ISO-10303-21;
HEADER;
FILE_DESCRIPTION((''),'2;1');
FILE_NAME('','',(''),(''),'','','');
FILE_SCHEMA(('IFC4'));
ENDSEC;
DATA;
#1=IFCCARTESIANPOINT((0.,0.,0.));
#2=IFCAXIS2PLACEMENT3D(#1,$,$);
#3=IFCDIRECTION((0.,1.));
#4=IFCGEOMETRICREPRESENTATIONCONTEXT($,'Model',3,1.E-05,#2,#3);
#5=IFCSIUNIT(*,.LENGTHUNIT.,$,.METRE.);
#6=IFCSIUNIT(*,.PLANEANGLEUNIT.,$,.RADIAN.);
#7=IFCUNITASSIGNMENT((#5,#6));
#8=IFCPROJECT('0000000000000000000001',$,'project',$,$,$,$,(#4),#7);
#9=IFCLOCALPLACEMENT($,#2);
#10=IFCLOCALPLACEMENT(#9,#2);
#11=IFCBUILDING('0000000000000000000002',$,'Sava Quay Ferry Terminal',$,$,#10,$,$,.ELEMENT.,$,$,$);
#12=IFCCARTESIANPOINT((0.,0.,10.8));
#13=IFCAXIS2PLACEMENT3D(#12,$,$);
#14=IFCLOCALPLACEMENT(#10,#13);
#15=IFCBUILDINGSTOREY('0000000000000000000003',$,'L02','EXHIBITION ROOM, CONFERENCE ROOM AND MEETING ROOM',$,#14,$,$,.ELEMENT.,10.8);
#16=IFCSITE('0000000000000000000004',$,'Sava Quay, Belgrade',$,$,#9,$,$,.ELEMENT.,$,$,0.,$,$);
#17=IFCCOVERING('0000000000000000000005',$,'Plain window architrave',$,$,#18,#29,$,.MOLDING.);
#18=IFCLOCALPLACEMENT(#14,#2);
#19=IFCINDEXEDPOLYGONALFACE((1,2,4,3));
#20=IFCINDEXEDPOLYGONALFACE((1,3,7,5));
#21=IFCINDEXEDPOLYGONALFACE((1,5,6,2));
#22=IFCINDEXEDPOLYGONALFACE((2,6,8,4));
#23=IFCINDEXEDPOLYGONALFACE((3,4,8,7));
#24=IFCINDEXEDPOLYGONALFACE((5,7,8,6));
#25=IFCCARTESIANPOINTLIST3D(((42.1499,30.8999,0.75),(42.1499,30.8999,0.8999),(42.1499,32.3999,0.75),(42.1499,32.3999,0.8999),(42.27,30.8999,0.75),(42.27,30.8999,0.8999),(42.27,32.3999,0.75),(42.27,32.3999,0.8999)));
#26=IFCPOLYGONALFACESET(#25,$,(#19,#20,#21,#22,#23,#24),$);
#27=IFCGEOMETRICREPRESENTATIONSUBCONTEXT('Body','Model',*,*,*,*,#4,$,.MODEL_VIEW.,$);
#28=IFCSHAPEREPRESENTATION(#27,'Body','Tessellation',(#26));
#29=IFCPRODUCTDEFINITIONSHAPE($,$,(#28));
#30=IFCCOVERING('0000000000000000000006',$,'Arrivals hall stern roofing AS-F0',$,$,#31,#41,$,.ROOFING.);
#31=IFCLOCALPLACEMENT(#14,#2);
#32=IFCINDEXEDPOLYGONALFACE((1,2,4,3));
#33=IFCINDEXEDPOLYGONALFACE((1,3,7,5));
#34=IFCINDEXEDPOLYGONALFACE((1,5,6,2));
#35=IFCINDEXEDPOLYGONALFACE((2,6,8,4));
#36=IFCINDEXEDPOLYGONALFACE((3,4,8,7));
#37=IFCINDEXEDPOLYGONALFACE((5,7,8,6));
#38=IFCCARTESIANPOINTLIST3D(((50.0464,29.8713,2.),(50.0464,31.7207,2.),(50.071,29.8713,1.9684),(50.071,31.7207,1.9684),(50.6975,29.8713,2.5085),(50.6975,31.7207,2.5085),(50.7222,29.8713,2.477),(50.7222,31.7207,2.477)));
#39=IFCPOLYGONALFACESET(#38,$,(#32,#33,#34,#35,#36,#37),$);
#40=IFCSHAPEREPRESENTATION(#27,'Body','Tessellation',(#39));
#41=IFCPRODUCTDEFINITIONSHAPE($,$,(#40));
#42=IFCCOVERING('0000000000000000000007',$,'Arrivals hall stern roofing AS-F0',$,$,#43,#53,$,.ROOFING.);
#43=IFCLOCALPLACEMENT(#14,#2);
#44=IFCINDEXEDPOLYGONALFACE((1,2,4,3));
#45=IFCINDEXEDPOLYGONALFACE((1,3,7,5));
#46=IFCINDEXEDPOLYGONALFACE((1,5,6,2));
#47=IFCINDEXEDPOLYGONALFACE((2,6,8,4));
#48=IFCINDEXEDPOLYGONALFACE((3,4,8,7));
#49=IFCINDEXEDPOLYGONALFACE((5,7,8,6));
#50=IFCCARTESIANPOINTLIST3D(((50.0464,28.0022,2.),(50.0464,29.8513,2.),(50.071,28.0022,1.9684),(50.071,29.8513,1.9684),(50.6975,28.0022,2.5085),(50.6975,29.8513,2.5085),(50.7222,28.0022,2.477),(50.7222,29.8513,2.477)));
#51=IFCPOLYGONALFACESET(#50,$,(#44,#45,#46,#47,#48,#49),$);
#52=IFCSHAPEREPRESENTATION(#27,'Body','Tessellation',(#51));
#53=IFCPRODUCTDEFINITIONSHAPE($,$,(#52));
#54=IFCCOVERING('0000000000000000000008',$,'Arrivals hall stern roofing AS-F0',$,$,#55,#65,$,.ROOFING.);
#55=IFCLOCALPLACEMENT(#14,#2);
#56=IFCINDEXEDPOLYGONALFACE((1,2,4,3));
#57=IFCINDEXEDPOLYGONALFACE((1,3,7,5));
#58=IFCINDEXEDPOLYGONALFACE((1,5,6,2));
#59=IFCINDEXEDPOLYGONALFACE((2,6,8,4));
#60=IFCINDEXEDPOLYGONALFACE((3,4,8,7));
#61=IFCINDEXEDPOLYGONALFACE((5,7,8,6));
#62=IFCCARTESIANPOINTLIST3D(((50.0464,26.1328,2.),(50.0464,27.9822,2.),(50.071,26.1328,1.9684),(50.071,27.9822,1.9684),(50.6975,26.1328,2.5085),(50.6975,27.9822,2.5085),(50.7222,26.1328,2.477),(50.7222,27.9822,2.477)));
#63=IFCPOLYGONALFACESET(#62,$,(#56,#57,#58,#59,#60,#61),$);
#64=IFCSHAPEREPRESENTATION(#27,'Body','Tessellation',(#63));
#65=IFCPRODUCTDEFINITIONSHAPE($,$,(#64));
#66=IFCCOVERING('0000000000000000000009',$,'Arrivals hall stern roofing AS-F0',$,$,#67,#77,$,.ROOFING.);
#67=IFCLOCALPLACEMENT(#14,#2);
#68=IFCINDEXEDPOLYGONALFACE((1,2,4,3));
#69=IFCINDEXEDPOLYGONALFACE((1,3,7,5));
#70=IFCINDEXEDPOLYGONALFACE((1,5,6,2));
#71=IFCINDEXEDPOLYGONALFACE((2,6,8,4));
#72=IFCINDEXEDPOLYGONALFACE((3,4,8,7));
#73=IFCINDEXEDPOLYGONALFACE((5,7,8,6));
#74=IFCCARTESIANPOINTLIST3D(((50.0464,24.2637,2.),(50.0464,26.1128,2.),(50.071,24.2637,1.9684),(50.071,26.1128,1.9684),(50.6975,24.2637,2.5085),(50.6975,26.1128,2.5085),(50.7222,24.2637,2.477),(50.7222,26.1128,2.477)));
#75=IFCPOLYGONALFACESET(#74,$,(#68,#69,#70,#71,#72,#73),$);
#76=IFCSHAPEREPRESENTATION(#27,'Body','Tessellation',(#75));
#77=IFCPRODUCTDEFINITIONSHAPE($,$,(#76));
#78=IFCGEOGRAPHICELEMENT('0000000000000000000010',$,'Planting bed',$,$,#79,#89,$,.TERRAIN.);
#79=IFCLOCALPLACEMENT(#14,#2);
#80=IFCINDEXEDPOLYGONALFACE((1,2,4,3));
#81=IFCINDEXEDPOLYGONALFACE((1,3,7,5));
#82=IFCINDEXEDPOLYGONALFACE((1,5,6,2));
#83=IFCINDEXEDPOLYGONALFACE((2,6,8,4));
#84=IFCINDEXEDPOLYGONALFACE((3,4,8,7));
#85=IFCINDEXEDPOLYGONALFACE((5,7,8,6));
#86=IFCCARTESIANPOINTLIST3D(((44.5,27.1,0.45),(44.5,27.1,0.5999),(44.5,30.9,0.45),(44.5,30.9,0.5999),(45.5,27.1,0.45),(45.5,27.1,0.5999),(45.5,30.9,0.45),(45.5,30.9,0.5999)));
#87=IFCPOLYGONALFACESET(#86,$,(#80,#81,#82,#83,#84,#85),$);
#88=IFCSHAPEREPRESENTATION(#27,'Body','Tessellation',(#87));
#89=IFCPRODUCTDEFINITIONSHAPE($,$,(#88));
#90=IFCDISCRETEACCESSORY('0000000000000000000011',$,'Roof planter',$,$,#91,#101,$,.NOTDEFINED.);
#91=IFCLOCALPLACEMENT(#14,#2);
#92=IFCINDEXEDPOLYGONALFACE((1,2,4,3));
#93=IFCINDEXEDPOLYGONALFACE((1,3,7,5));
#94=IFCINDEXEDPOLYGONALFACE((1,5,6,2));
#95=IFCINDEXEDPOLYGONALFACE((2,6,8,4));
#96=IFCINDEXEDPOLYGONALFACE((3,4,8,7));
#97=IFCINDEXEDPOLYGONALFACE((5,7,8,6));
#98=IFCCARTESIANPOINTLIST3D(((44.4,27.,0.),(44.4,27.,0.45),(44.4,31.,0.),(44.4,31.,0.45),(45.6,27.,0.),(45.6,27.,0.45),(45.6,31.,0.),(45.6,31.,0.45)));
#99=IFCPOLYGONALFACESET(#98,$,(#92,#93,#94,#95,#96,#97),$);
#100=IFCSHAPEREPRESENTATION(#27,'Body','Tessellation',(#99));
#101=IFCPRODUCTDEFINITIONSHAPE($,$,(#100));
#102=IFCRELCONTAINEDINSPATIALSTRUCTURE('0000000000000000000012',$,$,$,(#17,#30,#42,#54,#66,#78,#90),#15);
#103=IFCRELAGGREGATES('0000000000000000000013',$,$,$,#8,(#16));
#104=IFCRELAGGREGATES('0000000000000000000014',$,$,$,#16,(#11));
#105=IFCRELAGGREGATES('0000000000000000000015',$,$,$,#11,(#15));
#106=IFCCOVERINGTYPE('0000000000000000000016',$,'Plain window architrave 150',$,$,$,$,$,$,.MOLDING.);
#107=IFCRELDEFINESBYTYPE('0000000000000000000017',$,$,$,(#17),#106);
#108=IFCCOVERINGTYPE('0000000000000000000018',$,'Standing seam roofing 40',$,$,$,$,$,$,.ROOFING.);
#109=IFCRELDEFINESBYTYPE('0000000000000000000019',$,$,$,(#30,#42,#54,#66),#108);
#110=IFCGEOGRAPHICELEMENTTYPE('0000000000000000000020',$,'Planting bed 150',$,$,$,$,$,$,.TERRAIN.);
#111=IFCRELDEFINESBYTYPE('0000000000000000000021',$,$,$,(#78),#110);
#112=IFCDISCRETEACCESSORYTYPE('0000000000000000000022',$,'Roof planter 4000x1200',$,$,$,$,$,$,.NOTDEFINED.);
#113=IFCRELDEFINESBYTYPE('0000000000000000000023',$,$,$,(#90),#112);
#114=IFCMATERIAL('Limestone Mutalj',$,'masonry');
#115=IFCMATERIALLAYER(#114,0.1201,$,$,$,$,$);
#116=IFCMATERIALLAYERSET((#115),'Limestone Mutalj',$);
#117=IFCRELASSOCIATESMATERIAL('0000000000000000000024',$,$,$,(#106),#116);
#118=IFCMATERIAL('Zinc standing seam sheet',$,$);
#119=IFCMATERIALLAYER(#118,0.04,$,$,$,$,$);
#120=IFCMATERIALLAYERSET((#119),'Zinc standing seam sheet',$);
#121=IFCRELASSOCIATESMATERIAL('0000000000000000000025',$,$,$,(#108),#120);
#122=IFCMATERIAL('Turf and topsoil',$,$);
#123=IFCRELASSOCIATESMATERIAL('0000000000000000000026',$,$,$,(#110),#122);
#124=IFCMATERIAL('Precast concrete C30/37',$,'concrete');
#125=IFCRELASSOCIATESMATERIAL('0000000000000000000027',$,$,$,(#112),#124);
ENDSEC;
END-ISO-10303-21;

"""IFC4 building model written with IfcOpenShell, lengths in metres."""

from ifc_helpers import new_model, si_unit, direction, frame, origin, origin_2d, place, context, subcontext, project, spatial, polyline, rectangle, outline, extrude, material, layer, layer_set, type_object, element, save


model = new_model("IFC4")

# Units and contexts
model_context = context("Model", 3, precision=1e-05, world=origin(), true_north=direction((0.0, 1.0)))
body_context = subcontext(model_context, "Body", "Model", "MODEL_VIEW")
ifc_project = project(units=[si_unit("LENGTHUNIT", "METRE"), si_unit("PLANEANGLEUNIT", "RADIAN")], contexts=[model_context])

# Site, building, storey
site_placement = place(None, origin())
site = spatial("IfcSite", under=ifc_project, at=site_placement, Name="Sava Quay, Belgrade", CompositionType="ELEMENT", RefElevation=0.0)
building_placement = place(site_placement, origin())
building = spatial("IfcBuilding", under=site, at=building_placement, Name="Sava Quay Ferry Terminal", CompositionType="ELEMENT")
storey_placement = place(building_placement, frame((0.0, 0.0, 10.8)))
storey = spatial("IfcBuildingStorey", under=building, at=storey_placement, Name="L02", Description="EXHIBITION ROOM, CONFERENCE ROOM AND MEETING ROOM", CompositionType="ELEMENT", Elevation=10.8)

# Coverings
ifc_material_1 = material(Name="Limestone Mutalj", Category="masonry")
ifc_layer_1 = layer(ifc_material_1, 0.1201)
ifc_layer_set_1 = layer_set([ifc_layer_1], Name="Limestone Mutalj")
covering_type_1 = type_object("IfcCoveringType", Name="Plain window architrave 150", PredefinedType="MOLDING", material=ifc_layer_set_1)
for number, where, z_axis, x_axis, name in (
    (1, (42.21, 31.6499, 0.75), (0.0, 0.0, 1.0), (1.0, 0.0, 0.0), "Plain window architrave"),
):
    element("IfcCovering", number, at=place(storey_placement, frame(where, z_axis=z_axis, x_axis=x_axis)), inside=storey, type_object=covering_type_1, Name=name, PredefinedType="MOLDING", context=body_context, shape_type="SweptSolid", body=[
        extrude(rectangle(XDim=0.1201, YDim=1.5, at=origin_2d()), origin(), (0.0, 0.0, 1.0), 0.1499),
    ])
ifc_material_2 = material(Name="Zinc standing seam sheet")
ifc_layer_2 = layer(ifc_material_2, 0.04)
ifc_layer_set_2 = layer_set([ifc_layer_2], Name="Zinc standing seam sheet")
covering_type_2 = type_object("IfcCoveringType", Name="Standing seam roofing 40", PredefinedType="ROOFING", material=ifc_layer_set_2)
covering_1_placement = place(storey_placement, frame((50.0464, 31.7207, 2.0), z_axis=(-0.615535, 0.0, 0.788109), x_axis=(0.788109, 0.0, 0.615535)))
element("IfcCovering", 2, at=covering_1_placement, inside=storey, type_object=covering_type_2, Name="Arrivals hall stern roofing AS-F0", PredefinedType="ROOFING", context=body_context, shape_type="SweptSolid", body=[
    extrude(outline(polyline([(0.0, 0.0), (0.8262, 0.0), (0.8262, -1.8494), (0.0, -1.8494), (0.0, 0.0)])), origin(), (0.0, 0.0, -1.0), 0.04),
])
covering_2_placement = place(storey_placement, frame((50.0464, 29.8513, 2.0), z_axis=(-0.615535, 0.0, 0.788109), x_axis=(0.788109, 0.0, 0.615535)))
element("IfcCovering", 3, at=covering_2_placement, inside=storey, type_object=covering_type_2, Name="Arrivals hall stern roofing AS-F0", PredefinedType="ROOFING", context=body_context, shape_type="SweptSolid", body=[
    extrude(outline(polyline([(0.0, 0.0), (0.8262, 0.0), (0.8262, -1.8491), (0.0, -1.8491), (0.0, 0.0)])), origin(), (0.0, 0.0, -1.0), 0.04),
])
covering_3_placement = place(storey_placement, frame((50.0464, 27.9822, 2.0), z_axis=(-0.615535, 0.0, 0.788109), x_axis=(0.788109, 0.0, 0.615535)))
element("IfcCovering", 4, at=covering_3_placement, inside=storey, type_object=covering_type_2, Name="Arrivals hall stern roofing AS-F0", PredefinedType="ROOFING", context=body_context, shape_type="SweptSolid", body=[
    extrude(outline(polyline([(0.0, 0.0), (0.8262, 0.0), (0.8262, -1.8494), (0.0, -1.8494), (0.0, 0.0)])), origin(), (0.0, 0.0, -1.0), 0.04),
])
covering_4_placement = place(storey_placement, frame((50.0464, 26.1128, 2.0), z_axis=(-0.615535, 0.0, 0.788109), x_axis=(0.788109, 0.0, 0.615535)))
element("IfcCovering", 5, at=covering_4_placement, inside=storey, type_object=covering_type_2, Name="Arrivals hall stern roofing AS-F0", PredefinedType="ROOFING", context=body_context, shape_type="SweptSolid", body=[
    extrude(outline(polyline([(0.0, 0.0), (0.8262, 0.0), (0.8262, -1.8491), (0.0, -1.8491), (0.0, 0.0)])), origin(), (0.0, 0.0, -1.0), 0.04),
])

# Geographic element
ifc_material_3 = material(Name="Turf and topsoil")
geographic_element_type = type_object("IfcGeographicElementType", Name="Planting bed 150", PredefinedType="TERRAIN", material=ifc_material_3)
geographic_element_placement = place(storey_placement, frame((45.0, 29.0, 0.45), z_axis=(0.0, 0.0, 1.0), x_axis=(1.0, 0.0, 0.0)))
element("IfcGeographicElement", 6, at=geographic_element_placement, inside=storey, type_object=geographic_element_type, Name="Planting bed", PredefinedType="TERRAIN", context=body_context, shape_type="SweptSolid", body=[
    extrude(rectangle(XDim=1.0, YDim=3.8, at=origin_2d()), origin(), (0.0, 0.0, 1.0), 0.1499),
])

# Discrete accessory
ifc_material_4 = material(Name="Precast concrete C30/37", Category="concrete")
discrete_accessory_type = type_object("IfcDiscreteAccessoryType", Name="Roof planter 4000x1200", PredefinedType="NOTDEFINED", material=ifc_material_4)
discrete_accessory_placement = place(storey_placement, frame((45.0, 29.0, 0.0), z_axis=(0.0, 0.0, 1.0), x_axis=(1.0, 0.0, 0.0)))
element("IfcDiscreteAccessory", 7, at=discrete_accessory_placement, inside=storey, type_object=discrete_accessory_type, Name="Roof planter", PredefinedType="NOTDEFINED", context=body_context, shape_type="SweptSolid", body=[
    extrude(rectangle(XDim=1.2, YDim=4.0, at=origin_2d()), origin(), (0.0, 0.0, 1.0), 0.45),
])

save(model, "model.ifc")
